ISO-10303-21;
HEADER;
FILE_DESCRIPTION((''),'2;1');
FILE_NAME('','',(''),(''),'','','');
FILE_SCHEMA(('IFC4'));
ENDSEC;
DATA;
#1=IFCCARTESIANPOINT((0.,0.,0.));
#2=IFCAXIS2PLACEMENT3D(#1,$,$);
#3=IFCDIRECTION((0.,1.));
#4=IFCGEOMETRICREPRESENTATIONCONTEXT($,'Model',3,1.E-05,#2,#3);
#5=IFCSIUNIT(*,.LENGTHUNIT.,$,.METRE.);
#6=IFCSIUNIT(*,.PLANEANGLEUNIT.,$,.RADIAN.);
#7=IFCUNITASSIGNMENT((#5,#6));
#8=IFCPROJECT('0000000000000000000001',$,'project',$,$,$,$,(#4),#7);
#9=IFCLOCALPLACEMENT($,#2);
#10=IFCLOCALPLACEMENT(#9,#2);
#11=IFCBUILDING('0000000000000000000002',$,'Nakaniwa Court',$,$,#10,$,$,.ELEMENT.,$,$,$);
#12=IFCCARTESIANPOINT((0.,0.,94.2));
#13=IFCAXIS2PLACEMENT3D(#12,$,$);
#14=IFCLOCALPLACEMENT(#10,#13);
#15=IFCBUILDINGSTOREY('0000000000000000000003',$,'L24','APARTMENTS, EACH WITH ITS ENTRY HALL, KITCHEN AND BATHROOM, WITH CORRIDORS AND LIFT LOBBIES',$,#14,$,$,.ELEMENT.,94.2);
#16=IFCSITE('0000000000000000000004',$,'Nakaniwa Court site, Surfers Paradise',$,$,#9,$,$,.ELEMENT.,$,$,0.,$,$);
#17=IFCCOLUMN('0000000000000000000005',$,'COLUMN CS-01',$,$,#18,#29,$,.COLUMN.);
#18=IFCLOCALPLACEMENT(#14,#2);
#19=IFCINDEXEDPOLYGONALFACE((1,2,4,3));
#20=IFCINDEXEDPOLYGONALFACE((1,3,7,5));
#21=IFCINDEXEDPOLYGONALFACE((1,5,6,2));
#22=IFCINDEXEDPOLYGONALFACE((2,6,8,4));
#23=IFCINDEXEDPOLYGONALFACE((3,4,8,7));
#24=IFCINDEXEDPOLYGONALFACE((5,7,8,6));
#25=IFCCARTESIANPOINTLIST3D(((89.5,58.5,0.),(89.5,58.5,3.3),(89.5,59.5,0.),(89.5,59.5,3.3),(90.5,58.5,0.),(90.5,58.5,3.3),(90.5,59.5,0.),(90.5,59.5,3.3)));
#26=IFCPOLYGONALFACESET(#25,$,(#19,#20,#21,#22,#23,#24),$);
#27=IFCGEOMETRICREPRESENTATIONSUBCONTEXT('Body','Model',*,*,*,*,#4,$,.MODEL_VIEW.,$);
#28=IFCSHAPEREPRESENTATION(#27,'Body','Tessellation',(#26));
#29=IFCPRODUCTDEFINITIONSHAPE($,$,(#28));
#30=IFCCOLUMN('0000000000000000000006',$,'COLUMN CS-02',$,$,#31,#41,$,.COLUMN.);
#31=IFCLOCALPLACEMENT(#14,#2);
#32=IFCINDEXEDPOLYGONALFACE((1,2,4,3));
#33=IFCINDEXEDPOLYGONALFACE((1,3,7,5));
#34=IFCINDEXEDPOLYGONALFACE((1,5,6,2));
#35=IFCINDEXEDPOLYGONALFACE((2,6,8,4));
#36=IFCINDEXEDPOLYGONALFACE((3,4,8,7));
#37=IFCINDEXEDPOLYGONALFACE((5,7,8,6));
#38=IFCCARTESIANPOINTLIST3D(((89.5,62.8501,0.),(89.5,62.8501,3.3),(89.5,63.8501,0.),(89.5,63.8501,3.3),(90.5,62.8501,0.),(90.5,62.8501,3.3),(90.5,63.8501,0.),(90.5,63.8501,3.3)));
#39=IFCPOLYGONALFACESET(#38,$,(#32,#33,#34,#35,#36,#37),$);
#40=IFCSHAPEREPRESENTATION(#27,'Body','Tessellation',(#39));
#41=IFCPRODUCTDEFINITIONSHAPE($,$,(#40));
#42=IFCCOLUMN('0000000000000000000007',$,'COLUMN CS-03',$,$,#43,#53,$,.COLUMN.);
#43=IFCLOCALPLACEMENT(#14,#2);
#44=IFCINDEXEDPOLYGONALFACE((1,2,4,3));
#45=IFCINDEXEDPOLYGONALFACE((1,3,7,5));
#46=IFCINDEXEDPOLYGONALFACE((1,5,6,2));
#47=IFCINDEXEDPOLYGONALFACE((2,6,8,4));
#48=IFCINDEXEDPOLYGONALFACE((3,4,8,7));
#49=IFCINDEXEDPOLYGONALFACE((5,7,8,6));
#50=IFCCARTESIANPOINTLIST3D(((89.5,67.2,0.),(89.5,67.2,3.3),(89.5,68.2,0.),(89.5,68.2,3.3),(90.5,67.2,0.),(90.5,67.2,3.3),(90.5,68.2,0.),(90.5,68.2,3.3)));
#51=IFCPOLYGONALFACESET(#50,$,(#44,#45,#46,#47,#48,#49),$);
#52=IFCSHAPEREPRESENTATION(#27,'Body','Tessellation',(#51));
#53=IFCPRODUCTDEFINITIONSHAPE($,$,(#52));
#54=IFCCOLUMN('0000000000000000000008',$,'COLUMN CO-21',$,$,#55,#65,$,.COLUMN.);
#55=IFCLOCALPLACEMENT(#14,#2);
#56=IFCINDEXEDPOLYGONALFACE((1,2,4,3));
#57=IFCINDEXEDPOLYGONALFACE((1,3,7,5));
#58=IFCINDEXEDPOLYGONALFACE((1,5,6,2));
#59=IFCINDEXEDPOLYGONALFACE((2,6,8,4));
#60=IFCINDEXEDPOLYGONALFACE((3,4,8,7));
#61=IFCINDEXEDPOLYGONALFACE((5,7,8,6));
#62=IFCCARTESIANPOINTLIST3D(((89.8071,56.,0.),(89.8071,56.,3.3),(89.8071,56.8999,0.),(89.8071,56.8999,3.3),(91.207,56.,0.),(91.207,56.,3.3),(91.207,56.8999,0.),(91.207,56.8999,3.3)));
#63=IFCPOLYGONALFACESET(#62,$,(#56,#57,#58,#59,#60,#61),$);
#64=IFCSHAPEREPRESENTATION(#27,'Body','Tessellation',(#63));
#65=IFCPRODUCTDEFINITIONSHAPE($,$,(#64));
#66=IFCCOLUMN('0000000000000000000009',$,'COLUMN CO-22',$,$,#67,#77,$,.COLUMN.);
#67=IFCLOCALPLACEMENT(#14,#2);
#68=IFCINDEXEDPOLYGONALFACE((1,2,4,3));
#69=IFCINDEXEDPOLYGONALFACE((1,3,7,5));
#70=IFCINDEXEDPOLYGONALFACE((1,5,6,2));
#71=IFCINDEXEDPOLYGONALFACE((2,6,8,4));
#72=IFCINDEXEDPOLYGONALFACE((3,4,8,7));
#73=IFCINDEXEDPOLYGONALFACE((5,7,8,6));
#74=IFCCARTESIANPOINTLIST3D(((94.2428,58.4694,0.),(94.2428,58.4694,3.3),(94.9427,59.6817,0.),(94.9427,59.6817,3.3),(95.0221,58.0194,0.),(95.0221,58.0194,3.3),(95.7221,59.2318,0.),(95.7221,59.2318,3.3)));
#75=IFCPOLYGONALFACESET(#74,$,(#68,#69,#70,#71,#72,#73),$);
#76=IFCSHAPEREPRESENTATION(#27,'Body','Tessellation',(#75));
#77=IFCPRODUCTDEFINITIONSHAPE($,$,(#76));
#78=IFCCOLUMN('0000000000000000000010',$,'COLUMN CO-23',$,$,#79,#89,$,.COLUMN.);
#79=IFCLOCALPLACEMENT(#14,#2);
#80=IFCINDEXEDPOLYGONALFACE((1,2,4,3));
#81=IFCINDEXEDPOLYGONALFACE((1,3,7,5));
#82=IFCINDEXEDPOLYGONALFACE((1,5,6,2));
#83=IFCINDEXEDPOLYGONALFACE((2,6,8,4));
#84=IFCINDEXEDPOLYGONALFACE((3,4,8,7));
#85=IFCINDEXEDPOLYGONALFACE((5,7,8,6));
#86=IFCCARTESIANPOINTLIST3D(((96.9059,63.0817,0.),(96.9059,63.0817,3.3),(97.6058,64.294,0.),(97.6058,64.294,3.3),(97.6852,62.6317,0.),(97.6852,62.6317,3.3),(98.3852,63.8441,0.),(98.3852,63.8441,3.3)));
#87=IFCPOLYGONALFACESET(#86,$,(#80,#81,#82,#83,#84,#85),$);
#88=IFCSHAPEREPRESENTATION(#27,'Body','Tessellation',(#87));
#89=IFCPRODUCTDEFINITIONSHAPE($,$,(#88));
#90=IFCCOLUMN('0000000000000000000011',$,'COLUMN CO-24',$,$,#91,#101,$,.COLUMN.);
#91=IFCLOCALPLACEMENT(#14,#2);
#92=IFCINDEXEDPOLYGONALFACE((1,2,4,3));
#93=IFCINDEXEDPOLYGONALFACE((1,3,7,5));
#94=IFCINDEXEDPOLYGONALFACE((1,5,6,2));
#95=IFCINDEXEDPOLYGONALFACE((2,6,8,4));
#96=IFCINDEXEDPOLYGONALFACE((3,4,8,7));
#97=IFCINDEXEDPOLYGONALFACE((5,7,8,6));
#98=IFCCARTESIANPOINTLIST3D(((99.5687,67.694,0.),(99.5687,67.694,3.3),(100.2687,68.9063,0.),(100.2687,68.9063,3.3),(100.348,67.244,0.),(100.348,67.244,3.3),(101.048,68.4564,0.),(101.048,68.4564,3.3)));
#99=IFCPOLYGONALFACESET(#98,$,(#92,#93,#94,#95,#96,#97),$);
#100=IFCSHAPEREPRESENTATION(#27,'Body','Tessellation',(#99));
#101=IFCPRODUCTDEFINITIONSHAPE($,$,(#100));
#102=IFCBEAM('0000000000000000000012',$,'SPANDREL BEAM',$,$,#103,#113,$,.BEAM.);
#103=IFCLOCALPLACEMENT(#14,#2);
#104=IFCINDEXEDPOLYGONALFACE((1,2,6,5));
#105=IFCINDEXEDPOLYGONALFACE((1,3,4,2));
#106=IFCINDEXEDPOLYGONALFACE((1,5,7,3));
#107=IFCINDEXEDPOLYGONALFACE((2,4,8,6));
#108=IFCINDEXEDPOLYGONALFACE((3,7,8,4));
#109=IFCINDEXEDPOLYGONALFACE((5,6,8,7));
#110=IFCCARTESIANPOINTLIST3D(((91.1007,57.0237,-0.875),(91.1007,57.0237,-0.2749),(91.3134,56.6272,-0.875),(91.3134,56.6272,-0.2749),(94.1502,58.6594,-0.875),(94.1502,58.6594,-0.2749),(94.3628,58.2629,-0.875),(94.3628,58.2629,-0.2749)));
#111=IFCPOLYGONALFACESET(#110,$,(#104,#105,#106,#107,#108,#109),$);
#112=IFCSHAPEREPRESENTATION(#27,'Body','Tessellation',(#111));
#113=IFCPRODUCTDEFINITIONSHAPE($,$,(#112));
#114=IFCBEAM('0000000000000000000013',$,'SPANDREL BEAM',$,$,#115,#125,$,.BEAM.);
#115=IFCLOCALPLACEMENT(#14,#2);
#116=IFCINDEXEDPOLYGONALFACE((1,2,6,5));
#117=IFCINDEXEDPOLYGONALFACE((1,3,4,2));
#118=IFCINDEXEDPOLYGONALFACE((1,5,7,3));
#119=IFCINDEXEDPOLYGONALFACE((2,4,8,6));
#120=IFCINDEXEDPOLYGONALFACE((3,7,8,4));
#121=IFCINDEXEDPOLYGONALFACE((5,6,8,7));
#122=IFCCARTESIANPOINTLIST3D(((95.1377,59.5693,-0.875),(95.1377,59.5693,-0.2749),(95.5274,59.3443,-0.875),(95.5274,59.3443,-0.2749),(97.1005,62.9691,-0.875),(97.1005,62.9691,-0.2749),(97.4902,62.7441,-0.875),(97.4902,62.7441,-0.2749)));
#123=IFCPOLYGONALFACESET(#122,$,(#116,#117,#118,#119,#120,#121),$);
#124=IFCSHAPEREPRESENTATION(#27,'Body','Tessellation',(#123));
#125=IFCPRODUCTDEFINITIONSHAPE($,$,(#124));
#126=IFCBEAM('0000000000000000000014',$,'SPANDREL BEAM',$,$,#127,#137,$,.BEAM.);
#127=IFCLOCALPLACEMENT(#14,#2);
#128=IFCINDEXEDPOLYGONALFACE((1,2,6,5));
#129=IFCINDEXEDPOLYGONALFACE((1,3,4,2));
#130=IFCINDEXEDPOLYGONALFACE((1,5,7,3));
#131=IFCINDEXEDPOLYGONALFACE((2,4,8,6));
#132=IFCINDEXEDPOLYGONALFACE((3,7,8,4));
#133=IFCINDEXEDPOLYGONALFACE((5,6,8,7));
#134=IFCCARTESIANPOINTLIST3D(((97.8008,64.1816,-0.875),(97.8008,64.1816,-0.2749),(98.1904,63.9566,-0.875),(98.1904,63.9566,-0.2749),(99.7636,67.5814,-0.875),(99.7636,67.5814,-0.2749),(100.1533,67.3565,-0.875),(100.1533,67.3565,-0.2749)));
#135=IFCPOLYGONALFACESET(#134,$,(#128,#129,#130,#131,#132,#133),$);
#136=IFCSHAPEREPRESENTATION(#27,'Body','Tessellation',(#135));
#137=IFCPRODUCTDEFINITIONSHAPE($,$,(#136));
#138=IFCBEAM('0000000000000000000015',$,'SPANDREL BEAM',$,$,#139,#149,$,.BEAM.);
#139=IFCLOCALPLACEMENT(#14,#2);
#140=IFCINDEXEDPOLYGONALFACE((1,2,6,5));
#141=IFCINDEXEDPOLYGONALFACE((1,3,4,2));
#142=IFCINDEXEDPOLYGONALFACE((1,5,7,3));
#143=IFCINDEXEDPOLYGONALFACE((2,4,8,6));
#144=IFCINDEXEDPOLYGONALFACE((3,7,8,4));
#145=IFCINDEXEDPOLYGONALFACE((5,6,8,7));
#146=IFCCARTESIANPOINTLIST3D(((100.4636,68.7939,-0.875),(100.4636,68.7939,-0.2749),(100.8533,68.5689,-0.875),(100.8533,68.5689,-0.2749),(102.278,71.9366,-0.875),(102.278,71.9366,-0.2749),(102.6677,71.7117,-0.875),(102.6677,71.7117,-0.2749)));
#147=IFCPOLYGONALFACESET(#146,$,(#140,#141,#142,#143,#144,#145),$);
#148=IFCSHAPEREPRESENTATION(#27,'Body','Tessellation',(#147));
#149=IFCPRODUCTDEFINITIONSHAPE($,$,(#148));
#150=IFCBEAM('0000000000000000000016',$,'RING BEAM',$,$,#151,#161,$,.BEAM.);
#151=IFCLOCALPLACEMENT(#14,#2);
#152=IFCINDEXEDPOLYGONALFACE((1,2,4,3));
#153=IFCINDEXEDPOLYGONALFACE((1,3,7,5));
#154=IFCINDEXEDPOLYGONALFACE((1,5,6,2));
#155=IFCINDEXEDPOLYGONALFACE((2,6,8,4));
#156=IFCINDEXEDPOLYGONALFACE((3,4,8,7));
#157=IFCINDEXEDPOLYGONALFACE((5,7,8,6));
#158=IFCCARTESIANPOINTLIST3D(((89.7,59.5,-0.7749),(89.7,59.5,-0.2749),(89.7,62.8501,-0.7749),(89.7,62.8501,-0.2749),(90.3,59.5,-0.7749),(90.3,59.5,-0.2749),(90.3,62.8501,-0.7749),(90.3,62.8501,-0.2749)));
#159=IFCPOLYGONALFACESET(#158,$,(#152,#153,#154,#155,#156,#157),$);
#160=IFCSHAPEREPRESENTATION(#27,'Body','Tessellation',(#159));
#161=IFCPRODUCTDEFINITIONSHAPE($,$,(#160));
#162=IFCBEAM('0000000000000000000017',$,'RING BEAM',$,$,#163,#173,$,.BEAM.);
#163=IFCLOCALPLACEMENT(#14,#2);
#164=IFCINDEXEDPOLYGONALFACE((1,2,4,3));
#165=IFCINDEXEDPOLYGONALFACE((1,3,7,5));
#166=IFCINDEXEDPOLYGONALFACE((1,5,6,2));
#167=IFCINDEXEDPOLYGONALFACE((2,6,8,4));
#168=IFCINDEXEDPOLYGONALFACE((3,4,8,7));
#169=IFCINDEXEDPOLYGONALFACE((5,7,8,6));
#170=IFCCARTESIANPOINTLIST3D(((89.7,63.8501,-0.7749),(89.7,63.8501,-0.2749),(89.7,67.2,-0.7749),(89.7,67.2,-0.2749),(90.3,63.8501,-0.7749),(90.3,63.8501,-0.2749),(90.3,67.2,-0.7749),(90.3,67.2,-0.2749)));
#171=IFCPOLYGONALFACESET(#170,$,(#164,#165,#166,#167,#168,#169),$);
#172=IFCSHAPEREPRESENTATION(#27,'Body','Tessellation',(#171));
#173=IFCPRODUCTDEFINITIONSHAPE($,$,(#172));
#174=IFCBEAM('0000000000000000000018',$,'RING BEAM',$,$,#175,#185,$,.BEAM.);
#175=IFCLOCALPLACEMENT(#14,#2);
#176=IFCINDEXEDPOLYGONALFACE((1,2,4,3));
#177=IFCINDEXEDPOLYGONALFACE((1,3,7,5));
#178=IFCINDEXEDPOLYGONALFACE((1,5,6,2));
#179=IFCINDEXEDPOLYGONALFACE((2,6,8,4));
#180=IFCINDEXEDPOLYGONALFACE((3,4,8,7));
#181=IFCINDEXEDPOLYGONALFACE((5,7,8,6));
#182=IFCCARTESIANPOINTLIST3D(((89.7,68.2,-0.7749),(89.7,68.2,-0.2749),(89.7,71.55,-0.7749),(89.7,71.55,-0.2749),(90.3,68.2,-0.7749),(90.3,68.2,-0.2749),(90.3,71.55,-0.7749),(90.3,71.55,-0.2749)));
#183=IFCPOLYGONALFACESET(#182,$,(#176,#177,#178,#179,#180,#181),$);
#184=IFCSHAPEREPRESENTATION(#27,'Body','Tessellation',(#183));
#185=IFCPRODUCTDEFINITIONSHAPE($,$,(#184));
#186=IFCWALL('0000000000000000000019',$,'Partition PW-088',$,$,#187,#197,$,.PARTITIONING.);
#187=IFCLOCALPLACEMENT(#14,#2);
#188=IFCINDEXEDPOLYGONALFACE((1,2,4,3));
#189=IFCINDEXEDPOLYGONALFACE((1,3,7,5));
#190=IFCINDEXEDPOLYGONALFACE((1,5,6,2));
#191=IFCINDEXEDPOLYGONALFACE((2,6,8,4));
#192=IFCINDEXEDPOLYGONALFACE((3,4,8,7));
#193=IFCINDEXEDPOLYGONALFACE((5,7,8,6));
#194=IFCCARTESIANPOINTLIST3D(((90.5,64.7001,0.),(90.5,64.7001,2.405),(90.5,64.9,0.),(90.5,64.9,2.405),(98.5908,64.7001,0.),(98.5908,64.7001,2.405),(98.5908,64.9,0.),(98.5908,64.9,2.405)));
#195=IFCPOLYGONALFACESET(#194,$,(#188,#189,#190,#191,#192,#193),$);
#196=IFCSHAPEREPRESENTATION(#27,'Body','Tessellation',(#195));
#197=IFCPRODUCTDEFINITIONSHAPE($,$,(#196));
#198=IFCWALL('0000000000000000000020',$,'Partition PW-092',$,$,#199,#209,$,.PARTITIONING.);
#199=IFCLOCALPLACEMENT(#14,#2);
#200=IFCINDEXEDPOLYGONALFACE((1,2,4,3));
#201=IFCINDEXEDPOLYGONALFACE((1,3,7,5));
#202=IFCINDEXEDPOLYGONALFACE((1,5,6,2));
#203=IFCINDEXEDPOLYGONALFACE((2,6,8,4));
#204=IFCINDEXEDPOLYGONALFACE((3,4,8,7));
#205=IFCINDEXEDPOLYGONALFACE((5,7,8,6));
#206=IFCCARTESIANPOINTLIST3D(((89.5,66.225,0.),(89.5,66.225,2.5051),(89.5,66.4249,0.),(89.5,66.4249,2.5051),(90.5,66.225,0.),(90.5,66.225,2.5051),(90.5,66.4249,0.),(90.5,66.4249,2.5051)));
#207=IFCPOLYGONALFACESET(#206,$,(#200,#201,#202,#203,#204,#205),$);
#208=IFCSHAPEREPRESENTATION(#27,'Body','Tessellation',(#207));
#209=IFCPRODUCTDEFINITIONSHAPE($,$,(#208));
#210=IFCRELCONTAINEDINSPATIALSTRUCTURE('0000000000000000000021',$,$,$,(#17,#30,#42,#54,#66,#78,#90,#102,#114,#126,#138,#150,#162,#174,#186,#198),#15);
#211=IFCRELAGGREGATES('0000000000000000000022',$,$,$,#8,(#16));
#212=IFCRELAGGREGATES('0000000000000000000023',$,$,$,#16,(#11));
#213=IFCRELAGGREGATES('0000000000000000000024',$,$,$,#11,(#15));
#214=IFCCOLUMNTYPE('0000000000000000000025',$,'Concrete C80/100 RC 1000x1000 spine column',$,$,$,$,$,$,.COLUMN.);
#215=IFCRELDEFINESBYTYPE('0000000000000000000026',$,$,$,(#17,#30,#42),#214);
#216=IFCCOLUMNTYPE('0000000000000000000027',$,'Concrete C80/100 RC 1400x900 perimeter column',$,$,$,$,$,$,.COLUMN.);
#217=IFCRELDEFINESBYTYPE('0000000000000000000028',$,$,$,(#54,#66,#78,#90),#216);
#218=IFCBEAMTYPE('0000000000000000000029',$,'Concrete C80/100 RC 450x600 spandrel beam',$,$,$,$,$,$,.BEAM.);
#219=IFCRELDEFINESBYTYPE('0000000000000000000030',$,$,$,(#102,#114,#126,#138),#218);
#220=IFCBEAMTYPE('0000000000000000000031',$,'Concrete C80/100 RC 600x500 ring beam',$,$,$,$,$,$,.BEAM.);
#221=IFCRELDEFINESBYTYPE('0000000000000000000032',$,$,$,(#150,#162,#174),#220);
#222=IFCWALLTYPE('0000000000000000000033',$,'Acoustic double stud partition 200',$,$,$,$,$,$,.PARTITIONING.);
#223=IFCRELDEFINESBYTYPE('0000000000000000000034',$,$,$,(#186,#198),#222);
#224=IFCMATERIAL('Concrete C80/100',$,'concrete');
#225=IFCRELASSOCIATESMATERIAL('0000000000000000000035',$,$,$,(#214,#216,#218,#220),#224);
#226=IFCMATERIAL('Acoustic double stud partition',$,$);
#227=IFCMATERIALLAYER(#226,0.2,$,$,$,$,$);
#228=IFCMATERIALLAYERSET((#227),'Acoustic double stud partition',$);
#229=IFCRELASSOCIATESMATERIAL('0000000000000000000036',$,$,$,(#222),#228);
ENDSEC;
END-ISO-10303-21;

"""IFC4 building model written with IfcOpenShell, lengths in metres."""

from ifc_helpers import new_model, si_unit, direction, frame, frame_2d, origin, origin_2d, place, context, subcontext, project, spatial, rectangle, extrude, material, layer, layer_set, material_profile, profile_set, type_object, element, save


model = new_model("IFC4")

# Units and contexts
model_context = context("Model", 3, precision=1e-05, world=origin(), true_north=direction((0.0, 1.0)))
body_context = subcontext(model_context, "Body", "Model", "MODEL_VIEW")
ifc_project = project(units=[si_unit("LENGTHUNIT", "METRE"), si_unit("PLANEANGLEUNIT", "RADIAN")], contexts=[model_context])

# Site, building, storey
site_placement = place(None, origin())
site = spatial("IfcSite", under=ifc_project, at=site_placement, Name="Nakaniwa Court site, Surfers Paradise", CompositionType="ELEMENT", RefElevation=0.0)
building_placement = place(site_placement, origin())
building = spatial("IfcBuilding", under=site, at=building_placement, Name="Nakaniwa Court", CompositionType="ELEMENT")
storey_placement = place(building_placement, frame((0.0, 0.0, 94.2)))
storey = spatial("IfcBuildingStorey", under=building, at=storey_placement, Name="L24", Description="APARTMENTS, EACH WITH ITS ENTRY HALL, KITCHEN AND BATHROOM, WITH CORRIDORS AND LIFT LOBBIES", CompositionType="ELEMENT", Elevation=94.2)

# Columns
ifc_material_1 = material(Name="Concrete C80/100", Category="concrete")
ifc_material_profile_1 = material_profile(ifc_material_1, rectangle(XDim=1.0, YDim=1.0, at=origin_2d()), Name="Concrete C80/100 RC 1000x1000 spine column")
ifc_profile_set_1 = profile_set([ifc_material_profile_1], Name="Concrete C80/100")
column_type_1 = type_object("IfcColumnType", Name="Concrete C80/100 RC 1000x1000 spine column", PredefinedType="COLUMN", material=ifc_profile_set_1)
for number, where, z_axis, x_axis, name in (
    (1, (90.0, 59.0, 0.0), (0.0, 0.0, 1.0), (0.0, 1.0, 0.0), "COLUMN CS-01"),
    (2, (90.0, 63.3501, 0.0), (0.0, 0.0, 1.0), (0.0, 1.0, 0.0), "COLUMN CS-02"),
    (3, (90.0, 67.7, 0.0), (0.0, 0.0, 1.0), (0.0, 1.0, 0.0), "COLUMN CS-03"),
):
    element("IfcColumn", number, at=place(storey_placement, frame(where, z_axis=z_axis, x_axis=x_axis)), inside=storey, type_object=column_type_1, Name=name, PredefinedType="COLUMN", context=body_context, shape_type="SweptSolid", body=[
        extrude(rectangle(XDim=1.0, YDim=1.0, at=origin_2d()), origin(), (0.0, 0.0, 1.0), 3.3),
    ])
ifc_material_profile_2 = material_profile(ifc_material_1, rectangle(XDim=1.3999, YDim=0.8999, at=origin_2d()), Name="Concrete C80/100 RC 1400x900 perimeter column")
ifc_profile_set_2 = profile_set([ifc_material_profile_2], Name="Concrete C80/100")
column_type_2 = type_object("IfcColumnType", Name="Concrete C80/100 RC 1400x900 perimeter column", PredefinedType="COLUMN", material=ifc_profile_set_2)
for number, where, z_axis, x_axis, name in (
    (4, (90.5071, 56.45, 0.0), (0.0, 0.0, 1.0), (1.0, 0.0, 0.0), "COLUMN CO-21"),
    (5, (94.9824, 58.8506, 0.0), (0.0, 0.0, 1.0), (0.5, 0.866025, 0.0), "COLUMN CO-22"),
    (6, (97.6455, 63.4629, 0.0), (0.0, 0.0, 1.0), (0.5, 0.866025, 0.0), "COLUMN CO-23"),
    (7, (100.3083, 68.0752, 0.0), (0.0, 0.0, 1.0), (0.5, 0.866025, 0.0), "COLUMN CO-24"),
):
    element("IfcColumn", number, at=place(storey_placement, frame(where, z_axis=z_axis, x_axis=x_axis)), inside=storey, type_object=column_type_2, Name=name, PredefinedType="COLUMN", context=body_context, shape_type="SweptSolid", body=[
        extrude(rectangle(XDim=1.3999, YDim=0.8999, at=origin_2d()), origin(), (0.0, 0.0, 1.0), 3.3),
    ])

# Beams
ifc_material_profile_3 = material_profile(ifc_material_1, rectangle(XDim=0.45, YDim=0.6001, at=origin_2d()), Name="Concrete C80/100 RC 450x600 spandrel beam")
ifc_profile_set_3 = profile_set([ifc_material_profile_3], Name="Concrete C80/100")
beam_type_1 = type_object("IfcBeamType", Name="Concrete C80/100 RC 450x600 spandrel beam", PredefinedType="BEAM", material=ifc_profile_set_3)
beam_1_placement = place(storey_placement, frame((91.207, 56.8254, -0.575), z_axis=(0.881233, 0.472681, 0.0), x_axis=(-0.472681, 0.881233, 0.0)))
element("IfcBeam", 8, at=beam_1_placement, inside=storey, type_object=beam_type_1, Name="SPANDREL BEAM", PredefinedType="BEAM", context=body_context, shape_type="SweptSolid", body=[
    extrude(rectangle(XDim=0.45, YDim=0.6001, at=origin_2d()), origin(), (0.0, 0.0, 1.0), 3.4604),
])
for number, where, z_axis, x_axis, name in (
    (9, (95.3325, 59.4568, -0.575), (0.499992, 0.86603, 0.0), (-0.86603, 0.499992, 0.0), "SPANDREL BEAM"),
    (10, (97.9956, 64.0691, -0.575), (0.499992, 0.86603, 0.0), (-0.86603, 0.499992, 0.0), "SPANDREL BEAM"),
):
    element("IfcBeam", number, at=place(storey_placement, frame(where, z_axis=z_axis, x_axis=x_axis)), inside=storey, type_object=beam_type_1, Name=name, PredefinedType="BEAM", context=body_context, shape_type="SweptSolid", body=[
        extrude(rectangle(XDim=0.45, YDim=0.6001, at=origin_2d()), origin(), (0.0, 0.0, 1.0), 3.9258),
    ])
beam_2_placement = place(storey_placement, frame((100.6584, 68.6814, -0.575), z_axis=(0.499988, 0.866032, 0.0), x_axis=(-0.866032, 0.499988, 0.0)))
element("IfcBeam", 11, at=beam_2_placement, inside=storey, type_object=beam_type_1, Name="SPANDREL BEAM", PredefinedType="BEAM", context=body_context, shape_type="SweptSolid", body=[
    extrude(rectangle(XDim=0.45, YDim=0.6001, at=origin_2d()), origin(), (0.0, 0.0, 1.0), 3.6289),
])
ifc_material_profile_4 = material_profile(ifc_material_1, rectangle(XDim=0.6001, YDim=0.5, at=origin_2d()), Name="Concrete C80/100 RC 600x500 ring beam")
ifc_profile_set_4 = profile_set([ifc_material_profile_4], Name="Concrete C80/100")
beam_type_2 = type_object("IfcBeamType", Name="Concrete C80/100 RC 600x500 ring beam", PredefinedType="BEAM", material=ifc_profile_set_4)
beam_3_placement = place(storey_placement, frame((90.0, 59.5, -0.5249), z_axis=(0.0, 1.0, 0.0), x_axis=(-1.0, 0.0, 0.0)))
element("IfcBeam", 12, at=beam_3_placement, inside=storey, type_object=beam_type_2, Name="RING BEAM", PredefinedType="BEAM", context=body_context, shape_type="SweptSolid", body=[
    extrude(rectangle(XDim=0.6001, YDim=0.5, at=origin_2d()), origin(), (0.0, 0.0, 1.0), 3.3501),
])
beam_4_placement = place(storey_placement, frame((90.0, 63.8501, -0.5249), z_axis=(0.0, 1.0, 0.0), x_axis=(-1.0, 0.0, 0.0)))
element("IfcBeam", 13, at=beam_4_placement, inside=storey, type_object=beam_type_2, Name="RING BEAM", PredefinedType="BEAM", context=body_context, shape_type="SweptSolid", body=[
    extrude(rectangle(XDim=0.6001, YDim=0.5, at=origin_2d()), origin(), (0.0, 0.0, 1.0), 3.3499),
])
beam_5_placement = place(storey_placement, frame((90.0, 68.2, -0.5249), z_axis=(0.0, 1.0, 0.0), x_axis=(-1.0, 0.0, 0.0)))
element("IfcBeam", 14, at=beam_5_placement, inside=storey, type_object=beam_type_2, Name="RING BEAM", PredefinedType="BEAM", context=body_context, shape_type="SweptSolid", body=[
    extrude(rectangle(XDim=0.6001, YDim=0.5, at=origin_2d()), origin(), (0.0, 0.0, 1.0), 3.3501),
])

# Walls
ifc_material_2 = material(Name="Acoustic double stud partition")
ifc_layer_1 = layer(ifc_material_2, 0.2)
ifc_layer_set_1 = layer_set([ifc_layer_1], Name="Acoustic double stud partition")
wall_type_1 = type_object("IfcWallType", Name="Acoustic double stud partition 200", PredefinedType="PARTITIONING", material=ifc_layer_set_1)
wall_1_placement = place(storey_placement, frame((90.5, 64.8, 0.0), z_axis=(0.0, 0.0, 1.0), x_axis=(1.0, 0.0, 0.0)))
element("IfcWall", 15, at=wall_1_placement, inside=storey, type_object=wall_type_1, Name="Partition PW-088", PredefinedType="PARTITIONING", context=body_context, shape_type="SweptSolid", body=[
    extrude(rectangle(XDim=8.0908, YDim=0.2, at=frame_2d((4.0454, 0.0))), origin(), (0.0, 0.0, 1.0), 2.405),
])
wall_2_placement = place(storey_placement, frame((89.5, 66.325, 0.0), z_axis=(0.0, 0.0, 1.0), x_axis=(1.0, 0.0, 0.0)))
element("IfcWall", 16, at=wall_2_placement, inside=storey, type_object=wall_type_1, Name="Partition PW-092", PredefinedType="PARTITIONING", context=body_context, shape_type="SweptSolid", body=[
    extrude(rectangle(XDim=1.0, YDim=0.2, at=frame_2d((0.5, 0.0))), origin(), (0.0, 0.0, 1.0), 2.5051),
])

save(model, "model.ifc")
